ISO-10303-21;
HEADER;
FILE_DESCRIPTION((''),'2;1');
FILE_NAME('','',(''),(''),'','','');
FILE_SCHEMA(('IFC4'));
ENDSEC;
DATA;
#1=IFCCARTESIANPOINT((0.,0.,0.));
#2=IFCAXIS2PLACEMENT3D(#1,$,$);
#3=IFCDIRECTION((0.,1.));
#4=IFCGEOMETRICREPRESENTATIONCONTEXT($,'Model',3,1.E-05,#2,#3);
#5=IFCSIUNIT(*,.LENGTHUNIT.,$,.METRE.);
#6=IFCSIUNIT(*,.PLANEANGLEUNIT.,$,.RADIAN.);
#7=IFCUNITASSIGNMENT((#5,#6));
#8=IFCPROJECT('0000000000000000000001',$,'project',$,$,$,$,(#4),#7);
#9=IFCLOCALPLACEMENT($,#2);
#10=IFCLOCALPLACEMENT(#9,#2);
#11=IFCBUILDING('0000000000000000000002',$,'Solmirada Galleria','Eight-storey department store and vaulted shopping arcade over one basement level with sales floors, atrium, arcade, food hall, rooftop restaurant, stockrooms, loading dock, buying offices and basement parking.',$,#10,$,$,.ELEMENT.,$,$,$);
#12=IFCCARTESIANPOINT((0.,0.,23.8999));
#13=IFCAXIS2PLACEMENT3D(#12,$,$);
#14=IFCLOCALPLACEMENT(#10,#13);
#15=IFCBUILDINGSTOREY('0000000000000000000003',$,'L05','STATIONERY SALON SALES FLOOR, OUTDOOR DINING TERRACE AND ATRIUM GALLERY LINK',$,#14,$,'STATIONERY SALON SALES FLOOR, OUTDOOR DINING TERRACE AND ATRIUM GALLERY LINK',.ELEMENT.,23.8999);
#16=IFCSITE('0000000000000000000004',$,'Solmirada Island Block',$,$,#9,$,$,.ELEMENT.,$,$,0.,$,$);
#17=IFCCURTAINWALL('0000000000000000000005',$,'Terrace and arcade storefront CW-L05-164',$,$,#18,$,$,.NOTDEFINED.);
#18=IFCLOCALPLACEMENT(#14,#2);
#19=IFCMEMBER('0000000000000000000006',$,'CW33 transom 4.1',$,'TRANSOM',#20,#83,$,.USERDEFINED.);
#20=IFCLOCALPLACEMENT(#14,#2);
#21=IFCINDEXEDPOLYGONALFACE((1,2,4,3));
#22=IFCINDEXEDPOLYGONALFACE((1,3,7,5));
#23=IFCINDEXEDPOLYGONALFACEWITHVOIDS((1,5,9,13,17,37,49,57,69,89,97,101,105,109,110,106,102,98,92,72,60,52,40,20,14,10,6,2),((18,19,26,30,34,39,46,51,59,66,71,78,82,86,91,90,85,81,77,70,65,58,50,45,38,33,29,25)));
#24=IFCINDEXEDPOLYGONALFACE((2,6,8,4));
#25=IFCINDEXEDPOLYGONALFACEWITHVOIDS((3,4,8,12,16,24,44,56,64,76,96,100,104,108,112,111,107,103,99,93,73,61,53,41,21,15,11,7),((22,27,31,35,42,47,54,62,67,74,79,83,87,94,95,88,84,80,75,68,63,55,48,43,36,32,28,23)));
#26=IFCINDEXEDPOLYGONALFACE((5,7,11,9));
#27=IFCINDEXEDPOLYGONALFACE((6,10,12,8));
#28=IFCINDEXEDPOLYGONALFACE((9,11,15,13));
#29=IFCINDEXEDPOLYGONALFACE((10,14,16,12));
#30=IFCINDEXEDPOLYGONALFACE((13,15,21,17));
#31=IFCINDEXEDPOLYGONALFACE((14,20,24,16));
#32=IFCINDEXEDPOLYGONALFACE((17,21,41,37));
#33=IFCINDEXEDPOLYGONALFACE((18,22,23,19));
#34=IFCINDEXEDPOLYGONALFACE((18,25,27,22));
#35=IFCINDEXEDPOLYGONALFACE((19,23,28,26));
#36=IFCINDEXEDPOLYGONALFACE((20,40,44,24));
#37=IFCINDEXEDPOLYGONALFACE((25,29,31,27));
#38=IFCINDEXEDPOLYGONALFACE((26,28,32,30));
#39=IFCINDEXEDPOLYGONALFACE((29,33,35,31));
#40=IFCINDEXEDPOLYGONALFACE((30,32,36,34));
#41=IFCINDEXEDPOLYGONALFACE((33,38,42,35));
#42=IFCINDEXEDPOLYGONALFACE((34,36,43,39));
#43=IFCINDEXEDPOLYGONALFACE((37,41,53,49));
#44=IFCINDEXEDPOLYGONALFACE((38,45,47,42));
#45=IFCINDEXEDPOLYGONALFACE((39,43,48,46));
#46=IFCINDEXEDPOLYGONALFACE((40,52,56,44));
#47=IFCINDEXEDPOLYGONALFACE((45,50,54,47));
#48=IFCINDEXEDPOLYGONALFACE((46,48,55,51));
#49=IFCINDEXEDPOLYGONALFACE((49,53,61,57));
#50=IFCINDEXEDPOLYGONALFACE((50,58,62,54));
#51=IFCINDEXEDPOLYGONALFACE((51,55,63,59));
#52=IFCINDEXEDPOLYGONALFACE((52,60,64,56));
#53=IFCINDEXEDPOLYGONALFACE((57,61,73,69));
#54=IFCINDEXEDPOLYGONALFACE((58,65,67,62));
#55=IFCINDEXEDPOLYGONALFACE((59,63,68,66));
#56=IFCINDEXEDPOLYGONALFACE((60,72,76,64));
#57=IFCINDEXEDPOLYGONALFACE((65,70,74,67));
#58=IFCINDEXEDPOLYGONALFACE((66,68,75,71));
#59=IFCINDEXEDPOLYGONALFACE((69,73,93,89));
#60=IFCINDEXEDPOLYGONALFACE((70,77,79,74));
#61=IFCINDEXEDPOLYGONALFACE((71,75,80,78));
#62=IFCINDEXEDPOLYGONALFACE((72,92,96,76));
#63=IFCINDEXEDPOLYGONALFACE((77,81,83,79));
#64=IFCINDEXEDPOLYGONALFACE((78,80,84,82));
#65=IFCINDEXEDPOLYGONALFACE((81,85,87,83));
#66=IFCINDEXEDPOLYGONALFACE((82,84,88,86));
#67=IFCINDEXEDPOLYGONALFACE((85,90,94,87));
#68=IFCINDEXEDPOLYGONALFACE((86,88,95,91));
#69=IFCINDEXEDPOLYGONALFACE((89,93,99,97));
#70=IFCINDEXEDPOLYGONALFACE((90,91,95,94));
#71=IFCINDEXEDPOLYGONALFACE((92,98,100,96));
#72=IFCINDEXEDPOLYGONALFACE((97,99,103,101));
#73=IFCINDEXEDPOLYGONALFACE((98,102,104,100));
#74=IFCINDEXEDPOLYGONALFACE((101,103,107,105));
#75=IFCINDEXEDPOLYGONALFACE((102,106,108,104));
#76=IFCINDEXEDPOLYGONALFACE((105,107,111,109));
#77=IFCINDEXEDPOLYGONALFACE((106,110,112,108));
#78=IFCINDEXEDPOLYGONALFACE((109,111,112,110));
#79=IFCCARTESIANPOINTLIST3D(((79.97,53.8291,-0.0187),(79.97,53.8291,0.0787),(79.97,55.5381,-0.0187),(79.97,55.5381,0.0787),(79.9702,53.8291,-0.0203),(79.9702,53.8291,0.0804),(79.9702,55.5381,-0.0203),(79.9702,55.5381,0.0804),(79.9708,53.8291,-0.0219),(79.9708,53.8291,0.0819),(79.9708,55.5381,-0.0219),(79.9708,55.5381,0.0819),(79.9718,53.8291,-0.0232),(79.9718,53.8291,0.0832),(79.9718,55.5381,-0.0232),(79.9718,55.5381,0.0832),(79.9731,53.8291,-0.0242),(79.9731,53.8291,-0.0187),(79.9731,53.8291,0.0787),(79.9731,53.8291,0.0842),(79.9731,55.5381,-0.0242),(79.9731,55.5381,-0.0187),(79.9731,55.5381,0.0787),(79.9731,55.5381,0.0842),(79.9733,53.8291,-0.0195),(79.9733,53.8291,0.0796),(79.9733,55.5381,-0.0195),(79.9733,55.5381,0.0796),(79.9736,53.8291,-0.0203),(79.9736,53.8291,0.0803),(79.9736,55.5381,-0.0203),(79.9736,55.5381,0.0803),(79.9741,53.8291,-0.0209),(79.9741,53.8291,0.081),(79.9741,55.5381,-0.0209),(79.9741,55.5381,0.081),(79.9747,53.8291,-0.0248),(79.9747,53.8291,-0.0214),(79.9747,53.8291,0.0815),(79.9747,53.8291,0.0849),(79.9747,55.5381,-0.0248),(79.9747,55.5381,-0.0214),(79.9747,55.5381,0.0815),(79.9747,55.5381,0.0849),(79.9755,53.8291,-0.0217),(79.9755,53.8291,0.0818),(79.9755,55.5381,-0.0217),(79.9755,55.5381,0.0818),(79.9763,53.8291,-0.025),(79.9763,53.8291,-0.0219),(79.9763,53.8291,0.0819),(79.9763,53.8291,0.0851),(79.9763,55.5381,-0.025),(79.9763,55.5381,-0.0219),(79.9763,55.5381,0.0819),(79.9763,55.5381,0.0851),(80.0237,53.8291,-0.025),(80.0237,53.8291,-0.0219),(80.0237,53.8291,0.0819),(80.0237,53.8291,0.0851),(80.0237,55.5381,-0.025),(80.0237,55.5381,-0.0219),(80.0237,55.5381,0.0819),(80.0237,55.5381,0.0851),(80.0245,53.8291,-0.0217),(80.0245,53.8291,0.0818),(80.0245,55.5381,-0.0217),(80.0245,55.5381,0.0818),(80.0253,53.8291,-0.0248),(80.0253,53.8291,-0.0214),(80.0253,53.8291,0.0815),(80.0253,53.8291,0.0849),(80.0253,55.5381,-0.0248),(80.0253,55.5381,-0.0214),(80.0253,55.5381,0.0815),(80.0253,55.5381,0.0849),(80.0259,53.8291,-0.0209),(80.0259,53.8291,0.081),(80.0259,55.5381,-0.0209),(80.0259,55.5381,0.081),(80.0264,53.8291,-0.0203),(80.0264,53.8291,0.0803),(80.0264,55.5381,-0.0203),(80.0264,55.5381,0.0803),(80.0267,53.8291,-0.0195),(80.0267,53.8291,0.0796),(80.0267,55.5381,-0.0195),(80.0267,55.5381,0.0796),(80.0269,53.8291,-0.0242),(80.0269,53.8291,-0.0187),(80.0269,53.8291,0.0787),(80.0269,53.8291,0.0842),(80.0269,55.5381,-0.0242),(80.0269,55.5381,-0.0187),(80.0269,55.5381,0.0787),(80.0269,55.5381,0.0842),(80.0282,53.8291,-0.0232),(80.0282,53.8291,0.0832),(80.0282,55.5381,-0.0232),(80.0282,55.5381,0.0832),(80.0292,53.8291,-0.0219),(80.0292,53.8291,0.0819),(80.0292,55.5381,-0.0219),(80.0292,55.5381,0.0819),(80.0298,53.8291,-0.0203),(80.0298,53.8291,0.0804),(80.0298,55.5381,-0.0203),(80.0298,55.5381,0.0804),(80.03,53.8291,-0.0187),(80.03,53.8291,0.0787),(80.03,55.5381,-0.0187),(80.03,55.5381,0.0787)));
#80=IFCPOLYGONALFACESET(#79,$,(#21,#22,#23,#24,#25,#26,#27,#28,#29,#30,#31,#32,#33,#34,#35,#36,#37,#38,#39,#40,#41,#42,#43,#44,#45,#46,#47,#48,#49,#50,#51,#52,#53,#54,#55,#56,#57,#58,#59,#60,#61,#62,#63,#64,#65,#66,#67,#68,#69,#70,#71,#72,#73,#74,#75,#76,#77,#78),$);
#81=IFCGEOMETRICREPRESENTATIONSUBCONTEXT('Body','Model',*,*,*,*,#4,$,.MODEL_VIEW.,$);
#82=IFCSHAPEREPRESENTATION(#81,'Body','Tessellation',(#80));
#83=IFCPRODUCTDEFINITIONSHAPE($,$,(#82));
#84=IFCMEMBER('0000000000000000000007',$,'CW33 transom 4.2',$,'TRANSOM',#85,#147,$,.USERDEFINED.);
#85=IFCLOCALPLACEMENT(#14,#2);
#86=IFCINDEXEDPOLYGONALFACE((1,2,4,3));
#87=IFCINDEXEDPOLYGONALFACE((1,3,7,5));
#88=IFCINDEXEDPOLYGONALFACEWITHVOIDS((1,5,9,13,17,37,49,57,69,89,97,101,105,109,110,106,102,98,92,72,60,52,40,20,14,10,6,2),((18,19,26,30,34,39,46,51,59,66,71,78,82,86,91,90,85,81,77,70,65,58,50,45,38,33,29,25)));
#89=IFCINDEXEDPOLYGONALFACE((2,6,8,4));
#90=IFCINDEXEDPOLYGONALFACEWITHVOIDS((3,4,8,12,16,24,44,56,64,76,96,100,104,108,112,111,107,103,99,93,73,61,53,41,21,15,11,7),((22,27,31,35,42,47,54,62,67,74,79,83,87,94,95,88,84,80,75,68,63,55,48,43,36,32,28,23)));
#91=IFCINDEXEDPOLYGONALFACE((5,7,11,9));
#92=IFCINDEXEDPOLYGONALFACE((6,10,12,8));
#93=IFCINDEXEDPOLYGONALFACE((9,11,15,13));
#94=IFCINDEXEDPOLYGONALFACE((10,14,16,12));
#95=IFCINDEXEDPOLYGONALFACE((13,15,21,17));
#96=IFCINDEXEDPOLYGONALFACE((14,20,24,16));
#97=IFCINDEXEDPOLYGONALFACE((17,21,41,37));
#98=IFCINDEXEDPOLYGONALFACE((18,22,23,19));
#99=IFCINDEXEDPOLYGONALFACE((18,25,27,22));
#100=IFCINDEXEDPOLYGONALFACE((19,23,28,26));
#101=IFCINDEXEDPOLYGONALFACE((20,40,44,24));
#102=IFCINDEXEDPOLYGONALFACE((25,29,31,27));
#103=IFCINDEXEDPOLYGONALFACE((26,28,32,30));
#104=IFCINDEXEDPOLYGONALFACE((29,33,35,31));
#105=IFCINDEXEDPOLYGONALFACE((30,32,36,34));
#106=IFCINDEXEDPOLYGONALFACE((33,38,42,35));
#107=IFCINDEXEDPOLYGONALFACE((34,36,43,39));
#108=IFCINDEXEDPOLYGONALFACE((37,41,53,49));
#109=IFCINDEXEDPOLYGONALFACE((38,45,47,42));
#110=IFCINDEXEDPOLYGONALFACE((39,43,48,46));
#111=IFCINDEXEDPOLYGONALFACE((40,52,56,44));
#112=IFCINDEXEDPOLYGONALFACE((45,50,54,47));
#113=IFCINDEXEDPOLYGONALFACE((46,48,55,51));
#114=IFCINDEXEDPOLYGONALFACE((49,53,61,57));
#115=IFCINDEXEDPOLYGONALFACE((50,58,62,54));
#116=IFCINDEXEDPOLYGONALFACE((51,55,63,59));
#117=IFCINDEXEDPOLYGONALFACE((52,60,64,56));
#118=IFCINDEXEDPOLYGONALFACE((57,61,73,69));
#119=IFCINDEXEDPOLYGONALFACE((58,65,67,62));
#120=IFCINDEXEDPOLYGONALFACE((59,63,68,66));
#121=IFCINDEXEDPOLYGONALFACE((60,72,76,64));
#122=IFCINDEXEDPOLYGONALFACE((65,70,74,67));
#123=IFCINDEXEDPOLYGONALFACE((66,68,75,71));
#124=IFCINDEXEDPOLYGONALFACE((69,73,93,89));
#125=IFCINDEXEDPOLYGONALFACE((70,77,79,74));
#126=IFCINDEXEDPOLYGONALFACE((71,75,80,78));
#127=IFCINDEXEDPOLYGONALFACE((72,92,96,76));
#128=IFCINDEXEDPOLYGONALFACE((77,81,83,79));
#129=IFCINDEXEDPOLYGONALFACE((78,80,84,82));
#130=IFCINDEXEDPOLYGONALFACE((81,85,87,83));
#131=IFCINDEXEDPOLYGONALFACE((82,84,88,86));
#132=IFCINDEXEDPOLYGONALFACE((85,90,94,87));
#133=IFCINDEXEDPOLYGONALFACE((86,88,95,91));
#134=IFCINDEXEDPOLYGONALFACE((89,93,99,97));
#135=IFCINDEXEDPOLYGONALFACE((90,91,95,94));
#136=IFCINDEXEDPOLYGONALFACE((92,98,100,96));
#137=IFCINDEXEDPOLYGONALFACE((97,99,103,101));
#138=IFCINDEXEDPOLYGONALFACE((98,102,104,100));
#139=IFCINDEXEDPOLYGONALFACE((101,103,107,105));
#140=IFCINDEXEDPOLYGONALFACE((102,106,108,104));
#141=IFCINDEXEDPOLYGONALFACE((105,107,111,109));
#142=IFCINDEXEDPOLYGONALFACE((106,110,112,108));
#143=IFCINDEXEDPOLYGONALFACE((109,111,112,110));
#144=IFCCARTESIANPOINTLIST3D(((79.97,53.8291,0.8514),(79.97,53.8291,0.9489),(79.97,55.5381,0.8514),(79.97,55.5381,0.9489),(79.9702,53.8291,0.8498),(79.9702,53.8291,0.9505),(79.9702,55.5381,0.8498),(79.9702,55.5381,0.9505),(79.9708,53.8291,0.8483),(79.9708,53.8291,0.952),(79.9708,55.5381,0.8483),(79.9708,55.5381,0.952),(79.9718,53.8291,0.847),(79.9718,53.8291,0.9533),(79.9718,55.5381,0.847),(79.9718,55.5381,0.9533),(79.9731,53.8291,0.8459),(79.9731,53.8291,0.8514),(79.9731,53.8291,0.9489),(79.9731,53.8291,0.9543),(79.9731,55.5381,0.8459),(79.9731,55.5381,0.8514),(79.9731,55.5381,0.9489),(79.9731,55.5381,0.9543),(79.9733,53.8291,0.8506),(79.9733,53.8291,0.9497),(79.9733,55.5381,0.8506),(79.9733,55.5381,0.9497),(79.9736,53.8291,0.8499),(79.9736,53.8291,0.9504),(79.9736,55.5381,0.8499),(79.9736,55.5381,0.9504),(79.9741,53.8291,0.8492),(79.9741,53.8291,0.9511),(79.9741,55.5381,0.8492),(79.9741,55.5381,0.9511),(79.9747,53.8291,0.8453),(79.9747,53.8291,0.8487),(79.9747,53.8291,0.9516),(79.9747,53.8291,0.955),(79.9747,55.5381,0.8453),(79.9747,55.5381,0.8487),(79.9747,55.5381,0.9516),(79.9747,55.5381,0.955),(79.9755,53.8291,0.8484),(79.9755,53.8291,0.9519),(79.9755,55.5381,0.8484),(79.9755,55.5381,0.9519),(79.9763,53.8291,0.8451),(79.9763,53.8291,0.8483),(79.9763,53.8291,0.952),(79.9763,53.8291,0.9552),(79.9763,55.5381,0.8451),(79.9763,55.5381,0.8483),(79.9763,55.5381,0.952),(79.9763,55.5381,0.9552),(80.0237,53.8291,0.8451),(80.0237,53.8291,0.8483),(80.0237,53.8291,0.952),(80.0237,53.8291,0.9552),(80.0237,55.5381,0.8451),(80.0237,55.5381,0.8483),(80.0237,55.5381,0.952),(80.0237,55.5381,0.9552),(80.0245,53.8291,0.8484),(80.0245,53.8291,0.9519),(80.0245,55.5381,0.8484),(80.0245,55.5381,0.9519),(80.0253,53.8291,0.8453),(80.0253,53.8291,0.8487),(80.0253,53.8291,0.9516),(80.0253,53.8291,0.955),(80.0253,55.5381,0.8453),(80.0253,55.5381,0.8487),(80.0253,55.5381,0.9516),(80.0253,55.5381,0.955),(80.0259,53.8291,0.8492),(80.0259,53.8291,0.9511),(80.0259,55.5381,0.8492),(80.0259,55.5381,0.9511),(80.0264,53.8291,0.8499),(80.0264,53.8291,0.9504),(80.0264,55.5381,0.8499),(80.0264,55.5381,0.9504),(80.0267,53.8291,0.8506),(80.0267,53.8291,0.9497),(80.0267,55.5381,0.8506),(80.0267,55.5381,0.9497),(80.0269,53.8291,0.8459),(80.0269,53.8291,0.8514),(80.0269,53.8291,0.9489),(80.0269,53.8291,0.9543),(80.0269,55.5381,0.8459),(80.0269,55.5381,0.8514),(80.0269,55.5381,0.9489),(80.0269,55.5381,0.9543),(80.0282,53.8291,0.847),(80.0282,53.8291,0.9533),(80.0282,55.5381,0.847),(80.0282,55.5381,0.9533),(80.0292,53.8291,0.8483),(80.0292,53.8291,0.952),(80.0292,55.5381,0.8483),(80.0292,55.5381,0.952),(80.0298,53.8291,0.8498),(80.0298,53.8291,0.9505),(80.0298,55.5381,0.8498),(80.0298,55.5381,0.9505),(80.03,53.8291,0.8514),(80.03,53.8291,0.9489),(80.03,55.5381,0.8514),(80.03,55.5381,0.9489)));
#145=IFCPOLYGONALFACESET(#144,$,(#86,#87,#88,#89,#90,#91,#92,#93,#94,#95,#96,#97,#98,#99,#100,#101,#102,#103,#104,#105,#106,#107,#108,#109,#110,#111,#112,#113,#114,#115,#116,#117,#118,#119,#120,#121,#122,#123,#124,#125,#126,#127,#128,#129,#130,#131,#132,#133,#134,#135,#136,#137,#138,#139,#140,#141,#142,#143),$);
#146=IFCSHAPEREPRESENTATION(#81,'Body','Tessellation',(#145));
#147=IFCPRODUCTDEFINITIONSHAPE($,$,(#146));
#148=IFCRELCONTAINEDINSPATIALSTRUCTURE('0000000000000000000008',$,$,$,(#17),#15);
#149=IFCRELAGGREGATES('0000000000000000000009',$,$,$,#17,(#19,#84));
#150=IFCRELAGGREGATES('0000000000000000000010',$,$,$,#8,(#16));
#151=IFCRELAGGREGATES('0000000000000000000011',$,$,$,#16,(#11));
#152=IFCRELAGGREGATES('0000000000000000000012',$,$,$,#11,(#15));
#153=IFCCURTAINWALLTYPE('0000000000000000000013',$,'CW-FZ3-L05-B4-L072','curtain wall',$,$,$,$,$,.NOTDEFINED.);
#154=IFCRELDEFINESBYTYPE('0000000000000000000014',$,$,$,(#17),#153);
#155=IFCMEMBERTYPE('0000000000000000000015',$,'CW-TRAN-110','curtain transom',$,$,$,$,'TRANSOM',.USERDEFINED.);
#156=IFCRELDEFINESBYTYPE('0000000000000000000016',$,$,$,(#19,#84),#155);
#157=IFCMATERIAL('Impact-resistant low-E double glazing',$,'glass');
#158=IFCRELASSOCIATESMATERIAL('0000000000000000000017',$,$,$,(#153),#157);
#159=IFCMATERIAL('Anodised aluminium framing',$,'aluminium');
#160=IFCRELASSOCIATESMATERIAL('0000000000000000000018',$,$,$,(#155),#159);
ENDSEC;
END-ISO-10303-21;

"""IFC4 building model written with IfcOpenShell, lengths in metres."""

from ifc_helpers import new_model, si_unit, direction, frame, origin, origin_2d, place, context, subcontext, project, spatial, hollow_rectangle, extrude, material, material_profile, profile_set, type_object, element, aggregate, save


model = new_model("IFC4")

# Units and contexts
model_context = context("Model", 3, precision=1e-05, world=origin(), true_north=direction((0.0, 1.0)))
body_context = subcontext(model_context, "Body", "Model", "MODEL_VIEW")
ifc_project = project(units=[si_unit("LENGTHUNIT", "METRE"), si_unit("PLANEANGLEUNIT", "RADIAN")], contexts=[model_context])

# Site, building, storey
site_placement = place(None, origin())
site = spatial("IfcSite", under=ifc_project, at=site_placement, Name="Solmirada Island Block", CompositionType="ELEMENT", RefElevation=0.0)
building_placement = place(site_placement, origin())
building = spatial("IfcBuilding", under=site, at=building_placement, Name="Solmirada Galleria", Description="Eight-storey department store and vaulted shopping arcade over one basement level with sales floors, atrium, arcade, food hall, rooftop restaurant, stockrooms, loading dock, buying offices and basement parking.", CompositionType="ELEMENT")
storey_placement = place(building_placement, frame((0.0, 0.0, 23.8999)))
storey = spatial("IfcBuildingStorey", under=building, at=storey_placement, Name="L05", Description="STATIONERY SALON SALES FLOOR, OUTDOOR DINING TERRACE AND ATRIUM GALLERY LINK", LongName="STATIONERY SALON SALES FLOOR, OUTDOOR DINING TERRACE AND ATRIUM GALLERY LINK", CompositionType="ELEMENT", Elevation=23.8999)

# Curtain wall, members
ifc_material_1 = material(Name="Impact-resistant low-E double glazing", Category="glass")
curtain_wall_type = type_object("IfcCurtainWallType", Name="CW-FZ3-L05-B4-L072", Description="curtain wall", PredefinedType="NOTDEFINED", material=ifc_material_1)
curtain_wall_placement = place(storey_placement, origin())
curtain_wall = element("IfcCurtainWall", 1, at=curtain_wall_placement, inside=storey, type_object=curtain_wall_type, Name="Terrace and arcade storefront CW-L05-164", PredefinedType="NOTDEFINED")
ifc_material_2 = material(Name="Anodised aluminium framing", Category="aluminium")
ifc_material_profile_1 = material_profile(ifc_material_2, hollow_rectangle(XDim=0.0601, YDim=0.1101, WallThickness=0.0032, InnerFilletRadius=0.0032, OuterFilletRadius=0.0063, at=origin_2d()), Name="ALU-TRAN-110X60")
ifc_profile_set_1 = profile_set([ifc_material_profile_1], Name="Anodised aluminium framing")
member_type_1 = type_object("IfcMemberType", Name="CW-TRAN-110", Description="curtain transom", ElementType="TRANSOM", PredefinedType="USERDEFINED", material=ifc_profile_set_1)
member_1_placement = place(storey_placement, frame((80.0, 53.8291, 0.03), z_axis=(0.0, 1.0, 0.0), x_axis=(-1.0, 0.0, 0.0)))
member_1 = element("IfcMember", 2, at=member_1_placement, type_object=member_type_1, Name="CW33 transom 4.1", ObjectType="TRANSOM", PredefinedType="USERDEFINED", context=body_context, shape_type="SweptSolid", body=[
    extrude(hollow_rectangle(XDim=0.0601, YDim=0.1101, WallThickness=0.0032, InnerFilletRadius=0.0032, OuterFilletRadius=0.0063, at=origin_2d()), origin(), (0.0, 0.0, 1.0), 1.709),
])
member_2_placement = place(storey_placement, frame((80.0, 53.8291, 0.9001), z_axis=(0.0, 1.0, 0.0), x_axis=(-1.0, 0.0, 0.0)))
member_2 = element("IfcMember", 3, at=member_2_placement, type_object=member_type_1, Name="CW33 transom 4.2", ObjectType="TRANSOM", PredefinedType="USERDEFINED", context=body_context, shape_type="SweptSolid", body=[
    extrude(hollow_rectangle(XDim=0.0601, YDim=0.1101, WallThickness=0.0032, InnerFilletRadius=0.0032, OuterFilletRadius=0.0063, at=origin_2d()), origin(), (0.0, 0.0, 1.0), 1.709),
])
aggregate(curtain_wall, [member_1, member_2])

save(model, "model.ifc")
